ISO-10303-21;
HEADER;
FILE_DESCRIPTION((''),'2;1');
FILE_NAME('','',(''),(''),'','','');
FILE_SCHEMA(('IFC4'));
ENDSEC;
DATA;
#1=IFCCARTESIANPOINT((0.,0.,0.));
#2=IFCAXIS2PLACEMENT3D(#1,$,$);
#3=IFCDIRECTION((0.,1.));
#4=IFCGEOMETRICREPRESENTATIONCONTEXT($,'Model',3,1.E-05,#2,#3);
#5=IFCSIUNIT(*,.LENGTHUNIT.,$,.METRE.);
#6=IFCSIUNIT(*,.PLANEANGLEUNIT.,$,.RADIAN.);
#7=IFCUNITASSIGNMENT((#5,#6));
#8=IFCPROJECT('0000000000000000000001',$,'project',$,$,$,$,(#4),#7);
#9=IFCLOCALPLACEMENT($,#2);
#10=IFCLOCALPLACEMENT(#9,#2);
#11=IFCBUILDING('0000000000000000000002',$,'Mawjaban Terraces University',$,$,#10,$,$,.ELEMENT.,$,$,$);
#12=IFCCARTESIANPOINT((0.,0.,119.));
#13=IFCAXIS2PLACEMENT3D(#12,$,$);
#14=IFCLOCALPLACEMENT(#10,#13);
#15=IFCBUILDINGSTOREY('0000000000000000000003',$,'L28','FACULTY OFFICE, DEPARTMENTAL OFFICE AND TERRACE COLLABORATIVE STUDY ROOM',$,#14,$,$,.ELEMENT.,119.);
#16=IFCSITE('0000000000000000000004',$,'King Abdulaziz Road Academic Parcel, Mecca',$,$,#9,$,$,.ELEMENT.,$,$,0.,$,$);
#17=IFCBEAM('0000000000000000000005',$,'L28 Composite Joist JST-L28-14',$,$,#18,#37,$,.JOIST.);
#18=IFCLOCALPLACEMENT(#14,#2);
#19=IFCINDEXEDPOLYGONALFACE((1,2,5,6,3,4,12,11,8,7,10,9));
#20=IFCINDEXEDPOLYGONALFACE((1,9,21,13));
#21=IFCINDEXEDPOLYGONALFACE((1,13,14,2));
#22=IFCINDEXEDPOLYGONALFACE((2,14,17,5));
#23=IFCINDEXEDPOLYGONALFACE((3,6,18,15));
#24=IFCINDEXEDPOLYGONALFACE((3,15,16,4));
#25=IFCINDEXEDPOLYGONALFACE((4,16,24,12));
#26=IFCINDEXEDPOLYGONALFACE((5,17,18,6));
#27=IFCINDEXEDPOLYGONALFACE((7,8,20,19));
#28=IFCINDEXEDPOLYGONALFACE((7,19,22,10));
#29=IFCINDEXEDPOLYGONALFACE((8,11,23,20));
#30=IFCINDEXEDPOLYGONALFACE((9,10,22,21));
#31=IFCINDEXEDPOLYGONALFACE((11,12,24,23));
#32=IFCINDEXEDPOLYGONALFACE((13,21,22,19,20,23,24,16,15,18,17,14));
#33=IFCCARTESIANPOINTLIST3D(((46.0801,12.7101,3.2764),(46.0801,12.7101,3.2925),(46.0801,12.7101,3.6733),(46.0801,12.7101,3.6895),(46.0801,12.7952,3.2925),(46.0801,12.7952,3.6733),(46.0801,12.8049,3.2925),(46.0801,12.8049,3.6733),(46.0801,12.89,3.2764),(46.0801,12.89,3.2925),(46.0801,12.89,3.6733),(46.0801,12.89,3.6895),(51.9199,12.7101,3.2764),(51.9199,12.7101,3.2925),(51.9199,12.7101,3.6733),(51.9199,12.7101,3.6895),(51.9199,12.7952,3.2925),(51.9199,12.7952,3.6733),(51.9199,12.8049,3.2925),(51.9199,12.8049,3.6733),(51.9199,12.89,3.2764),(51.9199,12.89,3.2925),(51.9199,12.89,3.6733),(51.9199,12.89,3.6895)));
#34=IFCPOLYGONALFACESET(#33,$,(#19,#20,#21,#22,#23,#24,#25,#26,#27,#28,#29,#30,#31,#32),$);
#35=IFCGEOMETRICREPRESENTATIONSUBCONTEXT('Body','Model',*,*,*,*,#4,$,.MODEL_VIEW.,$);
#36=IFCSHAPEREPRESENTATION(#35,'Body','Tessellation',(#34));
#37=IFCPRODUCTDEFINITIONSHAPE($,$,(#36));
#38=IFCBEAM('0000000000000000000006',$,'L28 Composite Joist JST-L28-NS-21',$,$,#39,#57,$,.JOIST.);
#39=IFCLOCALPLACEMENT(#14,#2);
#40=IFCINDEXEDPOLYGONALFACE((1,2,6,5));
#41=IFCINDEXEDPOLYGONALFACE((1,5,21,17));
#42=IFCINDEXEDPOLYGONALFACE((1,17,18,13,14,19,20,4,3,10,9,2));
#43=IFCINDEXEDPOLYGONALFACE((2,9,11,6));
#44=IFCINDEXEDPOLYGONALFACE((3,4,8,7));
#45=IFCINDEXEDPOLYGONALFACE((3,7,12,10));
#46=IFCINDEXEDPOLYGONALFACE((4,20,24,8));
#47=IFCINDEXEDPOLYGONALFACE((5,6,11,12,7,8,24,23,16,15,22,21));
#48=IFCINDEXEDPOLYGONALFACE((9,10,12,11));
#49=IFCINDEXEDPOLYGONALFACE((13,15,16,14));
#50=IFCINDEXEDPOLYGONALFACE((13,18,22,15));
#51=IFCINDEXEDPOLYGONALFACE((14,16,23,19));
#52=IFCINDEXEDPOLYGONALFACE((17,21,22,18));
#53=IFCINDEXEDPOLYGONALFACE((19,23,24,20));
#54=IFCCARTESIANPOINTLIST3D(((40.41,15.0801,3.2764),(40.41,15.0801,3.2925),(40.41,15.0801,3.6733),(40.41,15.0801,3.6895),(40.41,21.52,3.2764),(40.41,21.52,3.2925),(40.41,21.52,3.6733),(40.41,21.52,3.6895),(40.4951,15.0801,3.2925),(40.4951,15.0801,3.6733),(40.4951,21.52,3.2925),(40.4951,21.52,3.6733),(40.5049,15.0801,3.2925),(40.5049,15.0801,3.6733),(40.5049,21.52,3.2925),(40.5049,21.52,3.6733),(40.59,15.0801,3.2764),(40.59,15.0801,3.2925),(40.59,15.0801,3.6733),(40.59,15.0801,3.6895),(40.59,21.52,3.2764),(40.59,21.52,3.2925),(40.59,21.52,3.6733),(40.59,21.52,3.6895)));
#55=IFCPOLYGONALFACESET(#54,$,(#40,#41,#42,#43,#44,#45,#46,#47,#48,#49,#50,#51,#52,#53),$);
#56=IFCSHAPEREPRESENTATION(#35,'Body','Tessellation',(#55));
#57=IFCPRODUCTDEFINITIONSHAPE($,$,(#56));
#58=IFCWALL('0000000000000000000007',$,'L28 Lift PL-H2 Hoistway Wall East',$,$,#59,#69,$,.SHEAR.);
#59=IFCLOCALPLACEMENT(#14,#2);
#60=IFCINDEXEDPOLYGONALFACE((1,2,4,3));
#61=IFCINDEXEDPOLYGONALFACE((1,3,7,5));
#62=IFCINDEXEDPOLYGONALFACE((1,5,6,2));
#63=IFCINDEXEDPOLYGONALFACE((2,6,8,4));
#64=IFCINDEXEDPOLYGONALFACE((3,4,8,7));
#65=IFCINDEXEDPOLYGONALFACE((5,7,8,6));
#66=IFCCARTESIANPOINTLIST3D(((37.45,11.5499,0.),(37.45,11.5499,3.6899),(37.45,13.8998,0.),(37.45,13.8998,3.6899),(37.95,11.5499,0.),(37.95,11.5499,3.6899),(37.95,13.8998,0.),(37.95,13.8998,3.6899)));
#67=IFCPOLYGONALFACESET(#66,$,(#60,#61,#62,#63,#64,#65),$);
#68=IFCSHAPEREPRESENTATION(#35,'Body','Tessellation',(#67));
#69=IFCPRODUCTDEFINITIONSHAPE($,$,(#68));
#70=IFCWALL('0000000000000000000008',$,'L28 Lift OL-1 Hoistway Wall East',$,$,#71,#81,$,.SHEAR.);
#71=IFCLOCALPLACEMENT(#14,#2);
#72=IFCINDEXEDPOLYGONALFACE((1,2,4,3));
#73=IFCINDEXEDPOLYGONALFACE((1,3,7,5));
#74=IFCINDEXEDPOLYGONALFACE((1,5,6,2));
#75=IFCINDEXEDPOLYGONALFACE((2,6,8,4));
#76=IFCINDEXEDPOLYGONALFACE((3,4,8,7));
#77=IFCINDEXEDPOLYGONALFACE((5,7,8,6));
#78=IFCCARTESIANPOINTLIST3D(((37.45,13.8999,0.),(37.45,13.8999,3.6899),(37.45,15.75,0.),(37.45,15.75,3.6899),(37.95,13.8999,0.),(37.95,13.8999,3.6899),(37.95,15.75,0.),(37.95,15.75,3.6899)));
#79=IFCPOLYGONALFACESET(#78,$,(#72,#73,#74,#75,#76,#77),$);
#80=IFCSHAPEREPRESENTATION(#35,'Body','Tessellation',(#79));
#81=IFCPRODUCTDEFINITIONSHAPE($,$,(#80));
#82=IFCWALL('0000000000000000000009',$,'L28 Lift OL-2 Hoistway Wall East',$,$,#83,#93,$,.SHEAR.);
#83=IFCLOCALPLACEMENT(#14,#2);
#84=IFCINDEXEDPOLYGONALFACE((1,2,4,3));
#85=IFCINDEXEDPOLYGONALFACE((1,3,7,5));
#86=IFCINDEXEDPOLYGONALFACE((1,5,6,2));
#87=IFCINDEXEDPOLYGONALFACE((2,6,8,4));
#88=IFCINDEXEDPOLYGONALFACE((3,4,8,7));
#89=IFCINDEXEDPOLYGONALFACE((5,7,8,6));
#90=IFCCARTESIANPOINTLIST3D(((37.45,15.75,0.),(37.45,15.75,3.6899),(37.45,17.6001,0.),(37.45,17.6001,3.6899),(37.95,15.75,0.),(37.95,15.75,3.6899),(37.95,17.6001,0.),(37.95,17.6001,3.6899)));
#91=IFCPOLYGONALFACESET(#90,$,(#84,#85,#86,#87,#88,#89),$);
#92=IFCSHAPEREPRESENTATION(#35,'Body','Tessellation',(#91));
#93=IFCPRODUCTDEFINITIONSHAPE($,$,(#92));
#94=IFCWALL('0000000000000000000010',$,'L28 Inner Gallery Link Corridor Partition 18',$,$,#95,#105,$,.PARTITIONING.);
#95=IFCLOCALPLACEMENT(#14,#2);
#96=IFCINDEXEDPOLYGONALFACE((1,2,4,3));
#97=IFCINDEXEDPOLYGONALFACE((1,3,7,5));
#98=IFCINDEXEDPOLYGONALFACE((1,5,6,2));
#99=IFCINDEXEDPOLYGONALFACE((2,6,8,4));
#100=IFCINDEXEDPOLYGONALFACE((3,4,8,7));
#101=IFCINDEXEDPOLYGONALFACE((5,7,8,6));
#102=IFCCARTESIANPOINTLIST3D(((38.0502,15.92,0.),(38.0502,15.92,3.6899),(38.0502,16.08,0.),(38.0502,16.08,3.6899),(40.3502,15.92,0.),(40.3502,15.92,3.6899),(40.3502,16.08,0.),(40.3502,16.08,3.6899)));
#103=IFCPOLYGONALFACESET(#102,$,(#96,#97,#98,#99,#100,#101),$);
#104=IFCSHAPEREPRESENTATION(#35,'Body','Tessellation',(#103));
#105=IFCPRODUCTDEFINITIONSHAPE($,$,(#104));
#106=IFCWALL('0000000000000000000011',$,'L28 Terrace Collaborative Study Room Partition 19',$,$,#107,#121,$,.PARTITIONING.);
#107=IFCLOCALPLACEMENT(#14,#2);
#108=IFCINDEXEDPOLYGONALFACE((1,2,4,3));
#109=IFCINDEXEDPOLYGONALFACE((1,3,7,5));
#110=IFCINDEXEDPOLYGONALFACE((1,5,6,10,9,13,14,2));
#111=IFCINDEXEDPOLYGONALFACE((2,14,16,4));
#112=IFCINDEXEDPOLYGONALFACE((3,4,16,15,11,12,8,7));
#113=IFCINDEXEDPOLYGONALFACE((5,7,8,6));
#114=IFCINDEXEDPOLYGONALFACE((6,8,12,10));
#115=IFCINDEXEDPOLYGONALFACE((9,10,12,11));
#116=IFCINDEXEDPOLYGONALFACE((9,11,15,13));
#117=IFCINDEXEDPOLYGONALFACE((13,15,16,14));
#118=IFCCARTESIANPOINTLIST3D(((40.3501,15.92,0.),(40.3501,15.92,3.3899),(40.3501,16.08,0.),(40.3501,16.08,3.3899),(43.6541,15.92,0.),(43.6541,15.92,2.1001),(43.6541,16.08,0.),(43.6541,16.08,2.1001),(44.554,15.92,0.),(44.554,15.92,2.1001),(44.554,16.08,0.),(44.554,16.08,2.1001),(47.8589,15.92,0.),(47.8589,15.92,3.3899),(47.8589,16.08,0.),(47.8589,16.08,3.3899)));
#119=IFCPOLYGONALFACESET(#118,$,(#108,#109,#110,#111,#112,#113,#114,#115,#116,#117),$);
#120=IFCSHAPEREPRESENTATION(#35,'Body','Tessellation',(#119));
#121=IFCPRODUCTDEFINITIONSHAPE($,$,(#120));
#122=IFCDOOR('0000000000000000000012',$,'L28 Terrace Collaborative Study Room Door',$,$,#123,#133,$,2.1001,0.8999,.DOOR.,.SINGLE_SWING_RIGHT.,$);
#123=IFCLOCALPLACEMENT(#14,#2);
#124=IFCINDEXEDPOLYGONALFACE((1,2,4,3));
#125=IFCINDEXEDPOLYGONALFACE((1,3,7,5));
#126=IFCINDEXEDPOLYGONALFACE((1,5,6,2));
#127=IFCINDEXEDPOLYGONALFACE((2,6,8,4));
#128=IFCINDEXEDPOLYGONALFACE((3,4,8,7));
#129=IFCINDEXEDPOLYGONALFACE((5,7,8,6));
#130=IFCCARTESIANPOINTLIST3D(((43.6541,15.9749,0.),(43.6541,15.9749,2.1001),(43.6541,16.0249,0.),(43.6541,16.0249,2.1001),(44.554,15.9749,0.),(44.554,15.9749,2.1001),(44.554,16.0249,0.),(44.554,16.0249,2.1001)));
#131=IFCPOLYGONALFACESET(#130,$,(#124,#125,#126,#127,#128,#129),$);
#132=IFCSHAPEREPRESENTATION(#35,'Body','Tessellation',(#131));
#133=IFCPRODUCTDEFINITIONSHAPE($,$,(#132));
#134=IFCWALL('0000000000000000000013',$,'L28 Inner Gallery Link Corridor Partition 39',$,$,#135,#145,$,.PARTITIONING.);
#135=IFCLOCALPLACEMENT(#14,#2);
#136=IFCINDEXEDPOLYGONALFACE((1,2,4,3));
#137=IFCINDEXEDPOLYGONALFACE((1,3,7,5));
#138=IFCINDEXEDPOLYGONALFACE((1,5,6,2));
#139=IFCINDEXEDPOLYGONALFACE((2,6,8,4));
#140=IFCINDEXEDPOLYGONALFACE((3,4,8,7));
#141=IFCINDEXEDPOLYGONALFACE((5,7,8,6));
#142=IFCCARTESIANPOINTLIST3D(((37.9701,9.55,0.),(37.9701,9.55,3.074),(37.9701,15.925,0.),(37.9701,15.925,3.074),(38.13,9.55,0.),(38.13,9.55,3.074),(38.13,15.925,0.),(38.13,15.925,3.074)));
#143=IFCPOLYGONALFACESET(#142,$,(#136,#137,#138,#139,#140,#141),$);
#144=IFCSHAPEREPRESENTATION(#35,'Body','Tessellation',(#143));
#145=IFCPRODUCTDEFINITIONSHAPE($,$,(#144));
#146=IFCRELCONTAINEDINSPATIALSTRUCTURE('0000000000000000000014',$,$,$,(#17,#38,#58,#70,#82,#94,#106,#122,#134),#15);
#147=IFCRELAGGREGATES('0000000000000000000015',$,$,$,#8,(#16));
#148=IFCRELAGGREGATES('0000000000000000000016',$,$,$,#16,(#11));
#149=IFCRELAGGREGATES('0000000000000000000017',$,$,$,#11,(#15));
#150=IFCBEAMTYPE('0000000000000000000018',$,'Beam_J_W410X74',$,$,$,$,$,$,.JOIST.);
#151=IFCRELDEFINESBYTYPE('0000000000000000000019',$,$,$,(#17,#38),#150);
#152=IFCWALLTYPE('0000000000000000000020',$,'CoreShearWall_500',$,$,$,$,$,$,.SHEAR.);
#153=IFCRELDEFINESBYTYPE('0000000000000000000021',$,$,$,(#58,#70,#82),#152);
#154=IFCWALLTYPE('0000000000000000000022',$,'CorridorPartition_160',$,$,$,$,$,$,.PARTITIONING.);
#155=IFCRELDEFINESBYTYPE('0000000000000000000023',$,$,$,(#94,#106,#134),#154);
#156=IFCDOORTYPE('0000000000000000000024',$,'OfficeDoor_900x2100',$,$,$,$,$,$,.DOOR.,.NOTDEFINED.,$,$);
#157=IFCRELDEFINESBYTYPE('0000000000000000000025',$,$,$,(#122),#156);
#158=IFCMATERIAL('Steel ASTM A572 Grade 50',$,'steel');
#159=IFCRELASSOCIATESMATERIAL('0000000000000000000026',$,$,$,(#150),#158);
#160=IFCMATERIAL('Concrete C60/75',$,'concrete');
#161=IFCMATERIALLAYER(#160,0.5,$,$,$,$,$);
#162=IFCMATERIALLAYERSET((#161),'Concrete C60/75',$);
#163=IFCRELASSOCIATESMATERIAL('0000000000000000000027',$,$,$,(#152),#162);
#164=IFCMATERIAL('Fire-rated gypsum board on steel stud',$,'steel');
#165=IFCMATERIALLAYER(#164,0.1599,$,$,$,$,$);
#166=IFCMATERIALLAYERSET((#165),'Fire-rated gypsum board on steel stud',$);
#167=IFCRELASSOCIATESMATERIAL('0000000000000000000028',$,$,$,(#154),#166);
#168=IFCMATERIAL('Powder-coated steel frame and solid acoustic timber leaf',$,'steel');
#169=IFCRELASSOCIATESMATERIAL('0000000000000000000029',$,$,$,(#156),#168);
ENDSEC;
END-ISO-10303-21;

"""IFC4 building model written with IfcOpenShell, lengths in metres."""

from ifc_helpers import new_model, si_unit, direction, frame, frame_2d, origin, origin_2d, place, context, subcontext, project, spatial, rectangle, i_section, extrude, material, layer, layer_set, material_profile, profile_set, type_object, element, fill, save


model = new_model("IFC4")

# Units and contexts
model_context = context("Model", 3, precision=1e-05, world=origin(), true_north=direction((0.0, 1.0)))
body_context = subcontext(model_context, "Body", "Model", "MODEL_VIEW")
ifc_project = project(units=[si_unit("LENGTHUNIT", "METRE"), si_unit("PLANEANGLEUNIT", "RADIAN")], contexts=[model_context])

# Site, building, storey
site_placement = place(None, origin())
site = spatial("IfcSite", under=ifc_project, at=site_placement, Name="King Abdulaziz Road Academic Parcel, Mecca", CompositionType="ELEMENT", RefElevation=0.0)
building_placement = place(site_placement, origin())
building = spatial("IfcBuilding", under=site, at=building_placement, Name="Mawjaban Terraces University", CompositionType="ELEMENT")
storey_placement = place(building_placement, frame((0.0, 0.0, 119.0)))
storey = spatial("IfcBuildingStorey", under=building, at=storey_placement, Name="L28", Description="FACULTY OFFICE, DEPARTMENTAL OFFICE AND TERRACE COLLABORATIVE STUDY ROOM", CompositionType="ELEMENT", Elevation=119.0)

# Beams
ifc_material_1 = material(Name="Steel ASTM A572 Grade 50", Category="steel")
ifc_material_profile_1 = material_profile(ifc_material_1, i_section(OverallWidth=0.1799, OverallDepth=0.4131, WebThickness=0.0098, FlangeThickness=0.0161, at=origin_2d()), Name="W410X74")
ifc_profile_set_1 = profile_set([ifc_material_profile_1], Name="Steel ASTM A572 Grade 50")
beam_type_1 = type_object("IfcBeamType", Name="Beam_J_W410X74", PredefinedType="JOIST", material=ifc_profile_set_1)
beam_1_placement = place(storey_placement, frame((46.0801, 12.8, 3.4829), z_axis=(1.0, 0.0, 0.0), x_axis=(0.0, 1.0, 0.0)))
element("IfcBeam", 1, at=beam_1_placement, inside=storey, type_object=beam_type_1, Name="L28 Composite Joist JST-L28-14", PredefinedType="JOIST", context=body_context, shape_type="SweptSolid", body=[
    extrude(i_section(OverallWidth=0.1799, OverallDepth=0.4131, WebThickness=0.0098, FlangeThickness=0.0161, at=origin_2d()), origin(), (0.0, 0.0, 1.0), 5.8398),
])
beam_2_placement = place(storey_placement, frame((40.5, 15.0801, 3.4829), z_axis=(0.0, 1.0, 0.0), x_axis=(-1.0, 0.0, 0.0)))
element("IfcBeam", 2, at=beam_2_placement, inside=storey, type_object=beam_type_1, Name="L28 Composite Joist JST-L28-NS-21", PredefinedType="JOIST", context=body_context, shape_type="SweptSolid", body=[
    extrude(i_section(OverallWidth=0.1799, OverallDepth=0.4131, WebThickness=0.0098, FlangeThickness=0.0161, at=origin_2d()), origin(), (0.0, 0.0, 1.0), 6.4399),
])

# Walls
ifc_material_2 = material(Name="Concrete C60/75", Category="concrete")
ifc_layer_1 = layer(ifc_material_2, 0.5)
ifc_layer_set_1 = layer_set([ifc_layer_1], Name="Concrete C60/75")
wall_type_1 = type_object("IfcWallType", Name="CoreShearWall_500", PredefinedType="SHEAR", material=ifc_layer_set_1)
wall_1_placement = place(storey_placement, frame((37.7, 11.55, 0.0), z_axis=(0.0, 0.0, 1.0), x_axis=(0.0, 1.0, 0.0)))
element("IfcWall", 3, at=wall_1_placement, inside=storey, type_object=wall_type_1, Name="L28 Lift PL-H2 Hoistway Wall East", PredefinedType="SHEAR", context=body_context, shape_type="SweptSolid", body=[
    extrude(rectangle(XDim=2.3499, YDim=0.5, at=frame_2d((1.1748, 0.0))), origin(), (0.0, 0.0, 1.0), 3.6899),
])
for number, where, z_axis, x_axis, name in (
    (4, (37.7, 13.8999, 0.0), (0.0, 0.0, 1.0), (0.0, 1.0, 0.0), "L28 Lift OL-1 Hoistway Wall East"),
    (5, (37.7, 15.75, 0.0), (0.0, 0.0, 1.0), (0.0, 1.0, 0.0), "L28 Lift OL-2 Hoistway Wall East"),
):
    element("IfcWall", number, at=place(storey_placement, frame(where, z_axis=z_axis, x_axis=x_axis)), inside=storey, type_object=wall_type_1, Name=name, PredefinedType="SHEAR", context=body_context, shape_type="SweptSolid", body=[
        extrude(rectangle(XDim=1.8501, YDim=0.5, at=frame_2d((0.925, 0.0))), origin(), (0.0, 0.0, 1.0), 3.6899),
    ])
ifc_material_3 = material(Name="Fire-rated gypsum board on steel stud", Category="steel")
ifc_layer_2 = layer(ifc_material_3, 0.1599)
ifc_layer_set_2 = layer_set([ifc_layer_2], Name="Fire-rated gypsum board on steel stud")
wall_type_2 = type_object("IfcWallType", Name="CorridorPartition_160", PredefinedType="PARTITIONING", material=ifc_layer_set_2)
wall_2_placement = place(storey_placement, frame((40.3501, 16.0, 0.0), z_axis=(0.0, 0.0, 1.0), x_axis=(-1.0, 0.0, 0.0)))
element("IfcWall", 6, at=wall_2_placement, inside=storey, type_object=wall_type_2, Name="L28 Inner Gallery Link Corridor Partition 18", PredefinedType="PARTITIONING", context=body_context, shape_type="SweptSolid", body=[
    extrude(rectangle(XDim=2.3, YDim=0.1599, at=frame_2d((1.1499, 0.0))), origin(), (0.0, 0.0, 1.0), 3.6899),
])

# Wall, opening, door
wall_3_placement = place(storey_placement, frame((40.3501, 16.0, 0.0), z_axis=(0.0, 0.0, 1.0), x_axis=(1.0, 0.0, 0.0)))
wall_3 = element("IfcWall", 7, at=wall_3_placement, inside=storey, type_object=wall_type_2, Name="L28 Terrace Collaborative Study Room Partition 19", PredefinedType="PARTITIONING", context=body_context, shape_type="SweptSolid", body=[
    extrude(rectangle(XDim=7.5088, YDim=0.1599, at=frame_2d((3.7544, 0.0))), origin(), (0.0, 0.0, 1.0), 3.3899),
])
opening_1_placement = place(wall_3_placement, frame((3.304, 0.0, 0.0)))
opening_1 = element("IfcOpeningElement", 8, at=opening_1_placement, cuts=wall_3, PredefinedType="OPENING", context=body_context, shape_type="SweptSolid", body=[
    extrude(rectangle(XDim=0.8999, YDim=2.1001, at=frame_2d((0.45, 1.05))), frame((0.0, 0.0898, 0.0), z_axis=(0.0, -1.0, 0.0), x_axis=(1.0, 0.0, 0.0)), (0.0, 0.0, 1.0), 0.1799),
])
ifc_material_4 = material(Name="Powder-coated steel frame and solid acoustic timber leaf", Category="steel")
door_type_1 = type_object("IfcDoorType", Name="OfficeDoor_900x2100", OperationType="NOTDEFINED", PredefinedType="DOOR", material=ifc_material_4)
door_1_placement = place(opening_1_placement, origin())
door_1 = element("IfcDoor", 9, at=door_1_placement, inside=storey, type_object=door_type_1, Name="L28 Terrace Collaborative Study Room Door", OperationType="SINGLE_SWING_RIGHT", OverallHeight=2.1001, OverallWidth=0.8999, PredefinedType="DOOR", context=body_context, shape_type="SweptSolid", body=[
    extrude(rectangle(XDim=0.8999, YDim=2.1001, at=frame_2d((0.45, 1.05))), frame((0.0, 0.0249, 0.0), z_axis=(0.0, -1.0, 0.0), x_axis=(1.0, 0.0, 0.0)), (0.0, 0.0, 1.0), 0.05),
])
fill(opening_1, door_1)

# Wall
wall_4_placement = place(storey_placement, frame((38.05, 15.925, 0.0), z_axis=(0.0, 0.0, 1.0), x_axis=(0.0, -1.0, 0.0)))
element("IfcWall", 10, at=wall_4_placement, inside=storey, type_object=wall_type_2, Name="L28 Inner Gallery Link Corridor Partition 39", PredefinedType="PARTITIONING", context=body_context, shape_type="SweptSolid", body=[
    extrude(rectangle(XDim=6.375, YDim=0.1599, at=frame_2d((3.1875, 0.0))), origin(), (0.0, 0.0, 1.0), 3.074),
])

save(model, "model.ifc")
